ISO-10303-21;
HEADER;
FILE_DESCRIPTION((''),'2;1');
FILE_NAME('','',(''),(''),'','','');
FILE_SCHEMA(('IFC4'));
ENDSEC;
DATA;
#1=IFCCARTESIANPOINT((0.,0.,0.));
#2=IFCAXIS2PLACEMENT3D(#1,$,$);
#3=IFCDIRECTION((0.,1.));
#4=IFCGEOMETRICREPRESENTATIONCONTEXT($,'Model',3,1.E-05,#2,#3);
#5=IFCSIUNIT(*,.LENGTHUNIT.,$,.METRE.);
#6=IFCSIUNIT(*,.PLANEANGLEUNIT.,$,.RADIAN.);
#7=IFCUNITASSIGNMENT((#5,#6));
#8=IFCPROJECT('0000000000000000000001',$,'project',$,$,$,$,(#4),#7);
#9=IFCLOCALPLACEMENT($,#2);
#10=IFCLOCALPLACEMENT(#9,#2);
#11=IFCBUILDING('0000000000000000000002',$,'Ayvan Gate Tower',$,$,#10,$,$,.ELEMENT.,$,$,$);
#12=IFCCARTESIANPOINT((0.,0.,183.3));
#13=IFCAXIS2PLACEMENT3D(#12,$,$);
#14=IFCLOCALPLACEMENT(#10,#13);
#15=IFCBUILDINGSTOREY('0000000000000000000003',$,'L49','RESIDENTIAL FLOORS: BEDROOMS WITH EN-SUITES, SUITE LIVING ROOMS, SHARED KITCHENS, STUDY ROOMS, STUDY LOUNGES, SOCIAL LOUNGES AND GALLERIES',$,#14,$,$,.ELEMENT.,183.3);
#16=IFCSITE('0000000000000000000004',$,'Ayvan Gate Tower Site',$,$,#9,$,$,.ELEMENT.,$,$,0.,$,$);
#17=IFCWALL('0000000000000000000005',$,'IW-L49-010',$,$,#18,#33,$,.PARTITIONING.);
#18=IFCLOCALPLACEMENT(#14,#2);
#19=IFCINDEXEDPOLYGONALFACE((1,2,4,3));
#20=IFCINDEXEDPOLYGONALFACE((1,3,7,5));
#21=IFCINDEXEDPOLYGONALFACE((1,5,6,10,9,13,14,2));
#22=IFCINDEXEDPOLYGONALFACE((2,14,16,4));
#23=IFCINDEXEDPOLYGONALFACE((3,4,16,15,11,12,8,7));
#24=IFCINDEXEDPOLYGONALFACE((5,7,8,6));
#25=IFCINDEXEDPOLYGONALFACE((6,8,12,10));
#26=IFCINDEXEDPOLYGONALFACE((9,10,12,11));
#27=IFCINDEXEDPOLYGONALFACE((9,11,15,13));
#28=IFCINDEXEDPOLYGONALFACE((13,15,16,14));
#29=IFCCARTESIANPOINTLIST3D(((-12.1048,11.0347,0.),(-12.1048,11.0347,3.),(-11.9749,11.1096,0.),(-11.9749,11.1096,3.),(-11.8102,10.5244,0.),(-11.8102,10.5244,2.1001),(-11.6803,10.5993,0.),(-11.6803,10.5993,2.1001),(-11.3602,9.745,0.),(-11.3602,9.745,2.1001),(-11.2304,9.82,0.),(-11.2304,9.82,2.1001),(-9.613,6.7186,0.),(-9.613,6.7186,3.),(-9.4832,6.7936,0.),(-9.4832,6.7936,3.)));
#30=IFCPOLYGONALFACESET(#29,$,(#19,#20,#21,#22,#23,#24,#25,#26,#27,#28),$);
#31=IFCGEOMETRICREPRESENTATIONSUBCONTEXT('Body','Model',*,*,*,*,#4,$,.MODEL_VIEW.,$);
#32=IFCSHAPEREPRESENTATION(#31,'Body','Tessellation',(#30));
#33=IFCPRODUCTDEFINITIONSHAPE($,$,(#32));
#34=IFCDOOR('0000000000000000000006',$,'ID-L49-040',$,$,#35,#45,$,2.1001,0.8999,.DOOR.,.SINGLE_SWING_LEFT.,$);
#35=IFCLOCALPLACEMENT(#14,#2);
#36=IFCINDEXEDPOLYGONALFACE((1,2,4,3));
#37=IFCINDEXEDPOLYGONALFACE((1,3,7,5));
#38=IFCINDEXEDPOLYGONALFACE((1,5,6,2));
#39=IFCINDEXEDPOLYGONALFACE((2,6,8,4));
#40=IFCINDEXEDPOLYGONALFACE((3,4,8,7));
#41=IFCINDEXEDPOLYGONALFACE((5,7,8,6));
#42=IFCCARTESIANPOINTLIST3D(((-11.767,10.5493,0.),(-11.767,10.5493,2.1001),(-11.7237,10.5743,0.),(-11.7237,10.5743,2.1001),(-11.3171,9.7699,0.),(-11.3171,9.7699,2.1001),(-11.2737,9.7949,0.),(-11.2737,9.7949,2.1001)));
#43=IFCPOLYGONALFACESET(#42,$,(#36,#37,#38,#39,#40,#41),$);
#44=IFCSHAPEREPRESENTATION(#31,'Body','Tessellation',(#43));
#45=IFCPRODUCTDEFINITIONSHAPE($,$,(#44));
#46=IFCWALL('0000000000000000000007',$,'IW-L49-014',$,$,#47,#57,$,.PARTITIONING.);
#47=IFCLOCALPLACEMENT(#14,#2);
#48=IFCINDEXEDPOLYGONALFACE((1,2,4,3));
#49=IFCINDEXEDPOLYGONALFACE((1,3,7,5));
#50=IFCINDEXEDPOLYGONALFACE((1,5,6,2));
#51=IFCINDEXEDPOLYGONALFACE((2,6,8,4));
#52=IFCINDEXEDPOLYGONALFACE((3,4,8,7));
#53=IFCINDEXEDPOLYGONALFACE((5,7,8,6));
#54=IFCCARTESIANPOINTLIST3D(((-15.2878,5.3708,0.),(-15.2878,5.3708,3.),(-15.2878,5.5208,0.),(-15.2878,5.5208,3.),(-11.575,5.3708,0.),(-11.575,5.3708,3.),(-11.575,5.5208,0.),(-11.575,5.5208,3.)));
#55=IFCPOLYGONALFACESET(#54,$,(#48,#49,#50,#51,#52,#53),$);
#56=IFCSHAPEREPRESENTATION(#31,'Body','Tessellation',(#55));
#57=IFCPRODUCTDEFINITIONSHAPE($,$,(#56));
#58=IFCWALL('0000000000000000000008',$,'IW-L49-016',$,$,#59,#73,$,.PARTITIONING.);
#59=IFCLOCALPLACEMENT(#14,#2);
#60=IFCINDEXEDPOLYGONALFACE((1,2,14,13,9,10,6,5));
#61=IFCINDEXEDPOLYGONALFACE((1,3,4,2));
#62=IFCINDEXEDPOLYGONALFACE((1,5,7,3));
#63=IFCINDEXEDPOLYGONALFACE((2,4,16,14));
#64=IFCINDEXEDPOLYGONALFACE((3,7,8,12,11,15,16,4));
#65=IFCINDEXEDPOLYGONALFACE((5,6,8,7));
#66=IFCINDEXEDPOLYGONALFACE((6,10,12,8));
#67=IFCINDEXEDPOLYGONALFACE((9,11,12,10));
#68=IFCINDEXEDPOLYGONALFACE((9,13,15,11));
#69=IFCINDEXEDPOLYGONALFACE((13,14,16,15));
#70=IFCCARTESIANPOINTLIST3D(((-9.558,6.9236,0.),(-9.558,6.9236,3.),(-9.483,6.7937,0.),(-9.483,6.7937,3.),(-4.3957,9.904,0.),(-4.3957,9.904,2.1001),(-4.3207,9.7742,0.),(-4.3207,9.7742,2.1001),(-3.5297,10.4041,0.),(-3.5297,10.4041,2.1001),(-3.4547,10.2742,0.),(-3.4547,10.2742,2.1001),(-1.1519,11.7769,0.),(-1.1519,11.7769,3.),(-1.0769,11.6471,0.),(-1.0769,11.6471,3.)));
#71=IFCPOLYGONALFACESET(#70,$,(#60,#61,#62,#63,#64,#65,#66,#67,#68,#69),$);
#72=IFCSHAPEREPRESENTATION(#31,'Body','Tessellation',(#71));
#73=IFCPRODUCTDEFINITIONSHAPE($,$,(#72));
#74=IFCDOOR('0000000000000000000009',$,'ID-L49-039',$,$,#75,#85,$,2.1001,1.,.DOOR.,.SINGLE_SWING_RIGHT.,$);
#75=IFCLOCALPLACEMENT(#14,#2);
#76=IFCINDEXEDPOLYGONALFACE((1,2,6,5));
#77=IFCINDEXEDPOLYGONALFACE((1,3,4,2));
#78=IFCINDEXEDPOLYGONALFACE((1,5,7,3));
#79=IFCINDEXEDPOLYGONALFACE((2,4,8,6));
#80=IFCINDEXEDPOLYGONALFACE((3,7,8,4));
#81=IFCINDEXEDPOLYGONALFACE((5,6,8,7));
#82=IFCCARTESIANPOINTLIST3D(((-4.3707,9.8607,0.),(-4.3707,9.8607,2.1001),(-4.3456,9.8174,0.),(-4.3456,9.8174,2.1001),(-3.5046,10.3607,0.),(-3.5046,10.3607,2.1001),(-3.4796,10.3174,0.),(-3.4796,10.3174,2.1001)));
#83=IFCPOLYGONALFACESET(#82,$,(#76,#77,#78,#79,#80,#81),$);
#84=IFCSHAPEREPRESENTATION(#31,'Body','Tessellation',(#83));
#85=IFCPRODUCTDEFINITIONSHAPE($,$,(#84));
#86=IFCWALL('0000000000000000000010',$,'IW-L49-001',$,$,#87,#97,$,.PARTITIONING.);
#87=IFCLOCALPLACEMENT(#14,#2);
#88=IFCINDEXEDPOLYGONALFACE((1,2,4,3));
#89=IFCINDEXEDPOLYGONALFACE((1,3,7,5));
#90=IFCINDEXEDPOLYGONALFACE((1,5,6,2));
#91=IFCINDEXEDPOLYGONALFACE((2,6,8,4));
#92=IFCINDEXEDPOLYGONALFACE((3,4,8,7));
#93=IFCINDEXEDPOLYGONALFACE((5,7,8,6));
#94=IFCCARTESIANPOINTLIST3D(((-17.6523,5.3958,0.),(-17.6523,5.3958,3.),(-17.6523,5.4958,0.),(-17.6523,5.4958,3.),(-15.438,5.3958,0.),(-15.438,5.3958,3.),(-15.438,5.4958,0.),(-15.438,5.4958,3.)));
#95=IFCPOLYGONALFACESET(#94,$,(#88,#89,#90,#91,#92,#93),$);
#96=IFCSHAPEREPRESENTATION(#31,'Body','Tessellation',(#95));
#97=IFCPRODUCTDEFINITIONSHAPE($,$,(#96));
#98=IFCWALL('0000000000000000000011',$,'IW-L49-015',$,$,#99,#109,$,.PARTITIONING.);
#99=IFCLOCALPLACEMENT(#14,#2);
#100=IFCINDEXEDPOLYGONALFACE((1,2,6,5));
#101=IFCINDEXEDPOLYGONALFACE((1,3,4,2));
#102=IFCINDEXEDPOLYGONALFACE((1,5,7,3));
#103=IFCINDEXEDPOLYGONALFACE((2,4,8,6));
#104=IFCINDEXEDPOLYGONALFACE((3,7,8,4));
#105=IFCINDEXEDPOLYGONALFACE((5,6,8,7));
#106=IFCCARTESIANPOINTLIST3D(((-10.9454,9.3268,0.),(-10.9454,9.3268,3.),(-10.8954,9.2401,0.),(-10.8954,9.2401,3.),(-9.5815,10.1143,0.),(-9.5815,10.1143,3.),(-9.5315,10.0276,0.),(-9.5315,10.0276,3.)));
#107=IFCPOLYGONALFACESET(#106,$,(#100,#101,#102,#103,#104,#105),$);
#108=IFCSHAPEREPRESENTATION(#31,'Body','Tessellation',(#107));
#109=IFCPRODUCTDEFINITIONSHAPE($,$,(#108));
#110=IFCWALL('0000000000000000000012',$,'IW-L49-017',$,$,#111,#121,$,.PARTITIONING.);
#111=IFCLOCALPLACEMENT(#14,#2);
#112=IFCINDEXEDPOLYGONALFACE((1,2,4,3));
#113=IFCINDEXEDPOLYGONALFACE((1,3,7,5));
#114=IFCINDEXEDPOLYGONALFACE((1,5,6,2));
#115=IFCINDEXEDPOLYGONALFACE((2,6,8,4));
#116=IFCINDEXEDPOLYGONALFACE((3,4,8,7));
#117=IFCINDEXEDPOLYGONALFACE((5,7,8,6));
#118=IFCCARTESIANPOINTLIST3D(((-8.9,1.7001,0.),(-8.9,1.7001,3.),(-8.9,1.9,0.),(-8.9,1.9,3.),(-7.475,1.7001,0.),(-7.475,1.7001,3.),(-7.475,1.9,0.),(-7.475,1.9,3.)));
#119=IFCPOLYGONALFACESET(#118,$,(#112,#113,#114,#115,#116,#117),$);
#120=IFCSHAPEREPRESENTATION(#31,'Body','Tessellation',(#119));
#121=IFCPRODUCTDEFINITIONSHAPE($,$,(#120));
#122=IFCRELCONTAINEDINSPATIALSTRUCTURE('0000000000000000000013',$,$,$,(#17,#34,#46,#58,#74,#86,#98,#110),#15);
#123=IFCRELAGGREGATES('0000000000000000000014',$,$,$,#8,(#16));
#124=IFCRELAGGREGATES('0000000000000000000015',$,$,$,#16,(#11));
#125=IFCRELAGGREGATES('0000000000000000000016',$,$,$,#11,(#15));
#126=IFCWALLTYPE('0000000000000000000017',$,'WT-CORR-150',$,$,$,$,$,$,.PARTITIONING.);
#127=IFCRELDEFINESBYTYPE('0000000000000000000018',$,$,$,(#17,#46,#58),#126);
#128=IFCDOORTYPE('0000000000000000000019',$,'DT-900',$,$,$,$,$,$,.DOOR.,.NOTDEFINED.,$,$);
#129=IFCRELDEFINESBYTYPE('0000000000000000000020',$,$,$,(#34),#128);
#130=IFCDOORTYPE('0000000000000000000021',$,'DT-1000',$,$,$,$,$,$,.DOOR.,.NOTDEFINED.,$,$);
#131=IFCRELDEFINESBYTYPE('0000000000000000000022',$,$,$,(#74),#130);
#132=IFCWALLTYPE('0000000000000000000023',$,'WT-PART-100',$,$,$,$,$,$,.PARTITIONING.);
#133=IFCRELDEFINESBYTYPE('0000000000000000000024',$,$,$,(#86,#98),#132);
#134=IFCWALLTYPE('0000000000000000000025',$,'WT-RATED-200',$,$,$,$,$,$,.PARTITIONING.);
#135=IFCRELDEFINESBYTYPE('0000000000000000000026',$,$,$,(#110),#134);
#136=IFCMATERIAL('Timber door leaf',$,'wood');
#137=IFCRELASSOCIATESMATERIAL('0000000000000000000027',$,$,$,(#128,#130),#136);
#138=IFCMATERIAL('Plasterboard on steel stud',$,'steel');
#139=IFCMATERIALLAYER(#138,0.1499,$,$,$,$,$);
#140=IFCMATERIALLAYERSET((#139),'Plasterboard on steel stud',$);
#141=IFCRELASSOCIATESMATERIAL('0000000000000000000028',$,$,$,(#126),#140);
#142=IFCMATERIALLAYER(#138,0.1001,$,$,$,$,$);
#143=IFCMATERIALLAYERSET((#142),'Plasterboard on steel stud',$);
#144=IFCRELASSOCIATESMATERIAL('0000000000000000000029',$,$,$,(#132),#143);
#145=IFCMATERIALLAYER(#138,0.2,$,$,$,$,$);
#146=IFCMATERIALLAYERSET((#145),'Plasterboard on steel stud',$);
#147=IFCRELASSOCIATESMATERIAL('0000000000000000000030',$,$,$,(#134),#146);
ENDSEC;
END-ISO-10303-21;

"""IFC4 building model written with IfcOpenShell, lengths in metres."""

from ifc_helpers import new_model, si_unit, direction, frame, frame_2d, origin, place, context, subcontext, project, spatial, rectangle, extrude, material, layer, layer_set, type_object, element, fill, save


model = new_model("IFC4")

# Units and contexts
model_context = context("Model", 3, precision=1e-05, world=origin(), true_north=direction((0.0, 1.0)))
body_context = subcontext(model_context, "Body", "Model", "MODEL_VIEW")
ifc_project = project(units=[si_unit("LENGTHUNIT", "METRE"), si_unit("PLANEANGLEUNIT", "RADIAN")], contexts=[model_context])

# Site, building, storey
site_placement = place(None, origin())
site = spatial("IfcSite", under=ifc_project, at=site_placement, Name="Ayvan Gate Tower Site", CompositionType="ELEMENT", RefElevation=0.0)
building_placement = place(site_placement, origin())
building = spatial("IfcBuilding", under=site, at=building_placement, Name="Ayvan Gate Tower", CompositionType="ELEMENT")
storey_placement = place(building_placement, frame((0.0, 0.0, 183.3)))
storey = spatial("IfcBuildingStorey", under=building, at=storey_placement, Name="L49", Description="RESIDENTIAL FLOORS: BEDROOMS WITH EN-SUITES, SUITE LIVING ROOMS, SHARED KITCHENS, STUDY ROOMS, STUDY LOUNGES, SOCIAL LOUNGES AND GALLERIES", CompositionType="ELEMENT", Elevation=183.3)

# Shared definitions
ifc_material_1 = material(Name="Timber door leaf", Category="wood")
door_type_1 = type_object("IfcDoorType", Name="DT-900", OperationType="NOTDEFINED", PredefinedType="DOOR", material=ifc_material_1)

# Wall, opening, door
ifc_material_2 = material(Name="Plasterboard on steel stud", Category="steel")
ifc_layer_1 = layer(ifc_material_2, 0.1499)
ifc_layer_set_1 = layer_set([ifc_layer_1], Name="Plasterboard on steel stud")
wall_type_1 = type_object("IfcWallType", Name="WT-CORR-150", PredefinedType="PARTITIONING", material=ifc_layer_set_1)
door_type_2 = type_object("IfcDoorType", Name="DT-1000", OperationType="NOTDEFINED", PredefinedType="DOOR", material=ifc_material_1)
wall_1_placement = place(storey_placement, frame((-12.0398, 11.072, 0.0), z_axis=(0.0, 0.0, 1.0), x_axis=(0.499985, -0.866034, 0.0)))
wall_1 = element("IfcWall", 1, at=wall_1_placement, inside=storey, type_object=wall_type_1, Name="IW-L49-010", PredefinedType="PARTITIONING", context=body_context, shape_type="SweptSolid", body=[
    extrude(rectangle(XDim=4.9836, YDim=0.1499, at=frame_2d((2.4917, 0.0))), origin(), (0.0, 0.0, 1.0), 3.0),
])
opening_1_placement = place(wall_1_placement, frame((0.5891, 0.0, 0.0)))
opening_1 = element("IfcOpeningElement", 2, at=opening_1_placement, cuts=wall_1, PredefinedType="OPENING", context=body_context, shape_type="SweptSolid", body=[
    extrude(rectangle(XDim=0.8999, YDim=2.1001, at=frame_2d((0.45, 1.05))), frame((0.0, 0.085, 0.0), z_axis=(0.0, -1.0, 0.0), x_axis=(1.0, 0.0, 0.0)), (0.0, 0.0, 1.0), 0.1699),
])
door_1_placement = place(opening_1_placement, origin())
door_1 = element("IfcDoor", 3, at=door_1_placement, inside=storey, type_object=door_type_1, Name="ID-L49-040", OperationType="SINGLE_SWING_LEFT", OverallHeight=2.1001, OverallWidth=0.8999, PredefinedType="DOOR", context=body_context, shape_type="SweptSolid", body=[
    extrude(rectangle(XDim=0.8999, YDim=2.1001, at=frame_2d((0.45, 1.05))), frame((0.0, 0.0249, 0.0), z_axis=(0.0, -1.0, 0.0), x_axis=(1.0, 0.0, 0.0)), (0.0, 0.0, 1.0), 0.05),
])
fill(opening_1, door_1)

# Wall
wall_2_placement = place(storey_placement, frame((-11.575, 5.4458, 0.0), z_axis=(0.0, 0.0, 1.0), x_axis=(-1.0, 0.0, 0.0)))
element("IfcWall", 4, at=wall_2_placement, inside=storey, type_object=wall_type_1, Name="IW-L49-014", PredefinedType="PARTITIONING", context=body_context, shape_type="SweptSolid", body=[
    extrude(rectangle(XDim=3.7129, YDim=0.1499, at=frame_2d((1.8564, 0.0))), origin(), (0.0, 0.0, 1.0), 3.0),
])

# Wall, opening, door
wall_3_placement = place(storey_placement, frame((-9.5205, 6.8586, 0.0), z_axis=(0.0, 0.0, 1.0), x_axis=(0.866023, 0.500005, 0.0)))
wall_3 = element("IfcWall", 5, at=wall_3_placement, inside=storey, type_object=wall_type_1, Name="IW-L49-016", PredefinedType="PARTITIONING", context=body_context, shape_type="SweptSolid", body=[
    extrude(rectangle(XDim=9.7065, YDim=0.1499, at=frame_2d((4.8533, 0.0))), origin(), (0.0, 0.0, 1.0), 3.0),
])
opening_2_placement = place(wall_3_placement, frame((5.9609, 0.0, 0.0)))
opening_2 = element("IfcOpeningElement", 6, at=opening_2_placement, cuts=wall_3, PredefinedType="OPENING", context=body_context, shape_type="SweptSolid", body=[
    extrude(rectangle(XDim=1.0, YDim=2.1001, at=frame_2d((0.5, 1.05))), frame((0.0, 0.085, 0.0), z_axis=(0.0, -1.0, 0.0), x_axis=(1.0, 0.0, 0.0)), (0.0, 0.0, 1.0), 0.1699),
])
door_2_placement = place(opening_2_placement, origin())
door_2 = element("IfcDoor", 7, at=door_2_placement, inside=storey, type_object=door_type_2, Name="ID-L49-039", OperationType="SINGLE_SWING_RIGHT", OverallHeight=2.1001, OverallWidth=1.0, PredefinedType="DOOR", context=body_context, shape_type="SweptSolid", body=[
    extrude(rectangle(XDim=1.0, YDim=2.1001, at=frame_2d((0.5, 1.05))), frame((0.0, 0.0249, 0.0), z_axis=(0.0, -1.0, 0.0), x_axis=(1.0, 0.0, 0.0)), (0.0, 0.0, 1.0), 0.05),
])
fill(opening_2, door_2)

# Walls
ifc_layer_2 = layer(ifc_material_2, 0.1001)
ifc_layer_set_2 = layer_set([ifc_layer_2], Name="Plasterboard on steel stud")
wall_type_2 = type_object("IfcWallType", Name="WT-PART-100", PredefinedType="PARTITIONING", material=ifc_layer_set_2)
wall_4_placement = place(storey_placement, frame((-15.438, 5.4458, 0.0), z_axis=(0.0, 0.0, 1.0), x_axis=(-1.0, 0.0, 0.0)))
element("IfcWall", 8, at=wall_4_placement, inside=storey, type_object=wall_type_2, Name="IW-L49-001", PredefinedType="PARTITIONING", context=body_context, shape_type="SweptSolid", body=[
    extrude(rectangle(XDim=2.2144, YDim=0.1001, at=frame_2d((1.1072, 0.0))), origin(), (0.0, 0.0, 1.0), 3.0),
])
wall_5_placement = place(storey_placement, frame((-9.5564, 10.071, 0.0), z_axis=(0.0, 0.0, 1.0), x_axis=(-0.866002, -0.50004, 0.0)))
element("IfcWall", 9, at=wall_5_placement, inside=storey, type_object=wall_type_2, Name="IW-L49-015", PredefinedType="PARTITIONING", context=body_context, shape_type="SweptSolid", body=[
    extrude(rectangle(XDim=1.575, YDim=0.1001, at=frame_2d((0.7876, 0.0))), origin(), (0.0, 0.0, 1.0), 3.0),
])
ifc_layer_3 = layer(ifc_material_2, 0.2)
ifc_layer_set_3 = layer_set([ifc_layer_3], Name="Plasterboard on steel stud")
wall_type_3 = type_object("IfcWallType", Name="WT-RATED-200", PredefinedType="PARTITIONING", material=ifc_layer_set_3)
wall_6_placement = place(storey_placement, frame((-8.8999, 1.8, 0.0), z_axis=(0.0, 0.0, 1.0), x_axis=(1.0, 0.0, 0.0)))
element("IfcWall", 10, at=wall_6_placement, inside=storey, type_object=wall_type_3, Name="IW-L49-017", PredefinedType="PARTITIONING", context=body_context, shape_type="SweptSolid", body=[
    extrude(rectangle(XDim=1.425, YDim=0.2, at=frame_2d((0.7124, 0.0))), origin(), (0.0, 0.0, 1.0), 3.0),
])

save(model, "model.ifc")
